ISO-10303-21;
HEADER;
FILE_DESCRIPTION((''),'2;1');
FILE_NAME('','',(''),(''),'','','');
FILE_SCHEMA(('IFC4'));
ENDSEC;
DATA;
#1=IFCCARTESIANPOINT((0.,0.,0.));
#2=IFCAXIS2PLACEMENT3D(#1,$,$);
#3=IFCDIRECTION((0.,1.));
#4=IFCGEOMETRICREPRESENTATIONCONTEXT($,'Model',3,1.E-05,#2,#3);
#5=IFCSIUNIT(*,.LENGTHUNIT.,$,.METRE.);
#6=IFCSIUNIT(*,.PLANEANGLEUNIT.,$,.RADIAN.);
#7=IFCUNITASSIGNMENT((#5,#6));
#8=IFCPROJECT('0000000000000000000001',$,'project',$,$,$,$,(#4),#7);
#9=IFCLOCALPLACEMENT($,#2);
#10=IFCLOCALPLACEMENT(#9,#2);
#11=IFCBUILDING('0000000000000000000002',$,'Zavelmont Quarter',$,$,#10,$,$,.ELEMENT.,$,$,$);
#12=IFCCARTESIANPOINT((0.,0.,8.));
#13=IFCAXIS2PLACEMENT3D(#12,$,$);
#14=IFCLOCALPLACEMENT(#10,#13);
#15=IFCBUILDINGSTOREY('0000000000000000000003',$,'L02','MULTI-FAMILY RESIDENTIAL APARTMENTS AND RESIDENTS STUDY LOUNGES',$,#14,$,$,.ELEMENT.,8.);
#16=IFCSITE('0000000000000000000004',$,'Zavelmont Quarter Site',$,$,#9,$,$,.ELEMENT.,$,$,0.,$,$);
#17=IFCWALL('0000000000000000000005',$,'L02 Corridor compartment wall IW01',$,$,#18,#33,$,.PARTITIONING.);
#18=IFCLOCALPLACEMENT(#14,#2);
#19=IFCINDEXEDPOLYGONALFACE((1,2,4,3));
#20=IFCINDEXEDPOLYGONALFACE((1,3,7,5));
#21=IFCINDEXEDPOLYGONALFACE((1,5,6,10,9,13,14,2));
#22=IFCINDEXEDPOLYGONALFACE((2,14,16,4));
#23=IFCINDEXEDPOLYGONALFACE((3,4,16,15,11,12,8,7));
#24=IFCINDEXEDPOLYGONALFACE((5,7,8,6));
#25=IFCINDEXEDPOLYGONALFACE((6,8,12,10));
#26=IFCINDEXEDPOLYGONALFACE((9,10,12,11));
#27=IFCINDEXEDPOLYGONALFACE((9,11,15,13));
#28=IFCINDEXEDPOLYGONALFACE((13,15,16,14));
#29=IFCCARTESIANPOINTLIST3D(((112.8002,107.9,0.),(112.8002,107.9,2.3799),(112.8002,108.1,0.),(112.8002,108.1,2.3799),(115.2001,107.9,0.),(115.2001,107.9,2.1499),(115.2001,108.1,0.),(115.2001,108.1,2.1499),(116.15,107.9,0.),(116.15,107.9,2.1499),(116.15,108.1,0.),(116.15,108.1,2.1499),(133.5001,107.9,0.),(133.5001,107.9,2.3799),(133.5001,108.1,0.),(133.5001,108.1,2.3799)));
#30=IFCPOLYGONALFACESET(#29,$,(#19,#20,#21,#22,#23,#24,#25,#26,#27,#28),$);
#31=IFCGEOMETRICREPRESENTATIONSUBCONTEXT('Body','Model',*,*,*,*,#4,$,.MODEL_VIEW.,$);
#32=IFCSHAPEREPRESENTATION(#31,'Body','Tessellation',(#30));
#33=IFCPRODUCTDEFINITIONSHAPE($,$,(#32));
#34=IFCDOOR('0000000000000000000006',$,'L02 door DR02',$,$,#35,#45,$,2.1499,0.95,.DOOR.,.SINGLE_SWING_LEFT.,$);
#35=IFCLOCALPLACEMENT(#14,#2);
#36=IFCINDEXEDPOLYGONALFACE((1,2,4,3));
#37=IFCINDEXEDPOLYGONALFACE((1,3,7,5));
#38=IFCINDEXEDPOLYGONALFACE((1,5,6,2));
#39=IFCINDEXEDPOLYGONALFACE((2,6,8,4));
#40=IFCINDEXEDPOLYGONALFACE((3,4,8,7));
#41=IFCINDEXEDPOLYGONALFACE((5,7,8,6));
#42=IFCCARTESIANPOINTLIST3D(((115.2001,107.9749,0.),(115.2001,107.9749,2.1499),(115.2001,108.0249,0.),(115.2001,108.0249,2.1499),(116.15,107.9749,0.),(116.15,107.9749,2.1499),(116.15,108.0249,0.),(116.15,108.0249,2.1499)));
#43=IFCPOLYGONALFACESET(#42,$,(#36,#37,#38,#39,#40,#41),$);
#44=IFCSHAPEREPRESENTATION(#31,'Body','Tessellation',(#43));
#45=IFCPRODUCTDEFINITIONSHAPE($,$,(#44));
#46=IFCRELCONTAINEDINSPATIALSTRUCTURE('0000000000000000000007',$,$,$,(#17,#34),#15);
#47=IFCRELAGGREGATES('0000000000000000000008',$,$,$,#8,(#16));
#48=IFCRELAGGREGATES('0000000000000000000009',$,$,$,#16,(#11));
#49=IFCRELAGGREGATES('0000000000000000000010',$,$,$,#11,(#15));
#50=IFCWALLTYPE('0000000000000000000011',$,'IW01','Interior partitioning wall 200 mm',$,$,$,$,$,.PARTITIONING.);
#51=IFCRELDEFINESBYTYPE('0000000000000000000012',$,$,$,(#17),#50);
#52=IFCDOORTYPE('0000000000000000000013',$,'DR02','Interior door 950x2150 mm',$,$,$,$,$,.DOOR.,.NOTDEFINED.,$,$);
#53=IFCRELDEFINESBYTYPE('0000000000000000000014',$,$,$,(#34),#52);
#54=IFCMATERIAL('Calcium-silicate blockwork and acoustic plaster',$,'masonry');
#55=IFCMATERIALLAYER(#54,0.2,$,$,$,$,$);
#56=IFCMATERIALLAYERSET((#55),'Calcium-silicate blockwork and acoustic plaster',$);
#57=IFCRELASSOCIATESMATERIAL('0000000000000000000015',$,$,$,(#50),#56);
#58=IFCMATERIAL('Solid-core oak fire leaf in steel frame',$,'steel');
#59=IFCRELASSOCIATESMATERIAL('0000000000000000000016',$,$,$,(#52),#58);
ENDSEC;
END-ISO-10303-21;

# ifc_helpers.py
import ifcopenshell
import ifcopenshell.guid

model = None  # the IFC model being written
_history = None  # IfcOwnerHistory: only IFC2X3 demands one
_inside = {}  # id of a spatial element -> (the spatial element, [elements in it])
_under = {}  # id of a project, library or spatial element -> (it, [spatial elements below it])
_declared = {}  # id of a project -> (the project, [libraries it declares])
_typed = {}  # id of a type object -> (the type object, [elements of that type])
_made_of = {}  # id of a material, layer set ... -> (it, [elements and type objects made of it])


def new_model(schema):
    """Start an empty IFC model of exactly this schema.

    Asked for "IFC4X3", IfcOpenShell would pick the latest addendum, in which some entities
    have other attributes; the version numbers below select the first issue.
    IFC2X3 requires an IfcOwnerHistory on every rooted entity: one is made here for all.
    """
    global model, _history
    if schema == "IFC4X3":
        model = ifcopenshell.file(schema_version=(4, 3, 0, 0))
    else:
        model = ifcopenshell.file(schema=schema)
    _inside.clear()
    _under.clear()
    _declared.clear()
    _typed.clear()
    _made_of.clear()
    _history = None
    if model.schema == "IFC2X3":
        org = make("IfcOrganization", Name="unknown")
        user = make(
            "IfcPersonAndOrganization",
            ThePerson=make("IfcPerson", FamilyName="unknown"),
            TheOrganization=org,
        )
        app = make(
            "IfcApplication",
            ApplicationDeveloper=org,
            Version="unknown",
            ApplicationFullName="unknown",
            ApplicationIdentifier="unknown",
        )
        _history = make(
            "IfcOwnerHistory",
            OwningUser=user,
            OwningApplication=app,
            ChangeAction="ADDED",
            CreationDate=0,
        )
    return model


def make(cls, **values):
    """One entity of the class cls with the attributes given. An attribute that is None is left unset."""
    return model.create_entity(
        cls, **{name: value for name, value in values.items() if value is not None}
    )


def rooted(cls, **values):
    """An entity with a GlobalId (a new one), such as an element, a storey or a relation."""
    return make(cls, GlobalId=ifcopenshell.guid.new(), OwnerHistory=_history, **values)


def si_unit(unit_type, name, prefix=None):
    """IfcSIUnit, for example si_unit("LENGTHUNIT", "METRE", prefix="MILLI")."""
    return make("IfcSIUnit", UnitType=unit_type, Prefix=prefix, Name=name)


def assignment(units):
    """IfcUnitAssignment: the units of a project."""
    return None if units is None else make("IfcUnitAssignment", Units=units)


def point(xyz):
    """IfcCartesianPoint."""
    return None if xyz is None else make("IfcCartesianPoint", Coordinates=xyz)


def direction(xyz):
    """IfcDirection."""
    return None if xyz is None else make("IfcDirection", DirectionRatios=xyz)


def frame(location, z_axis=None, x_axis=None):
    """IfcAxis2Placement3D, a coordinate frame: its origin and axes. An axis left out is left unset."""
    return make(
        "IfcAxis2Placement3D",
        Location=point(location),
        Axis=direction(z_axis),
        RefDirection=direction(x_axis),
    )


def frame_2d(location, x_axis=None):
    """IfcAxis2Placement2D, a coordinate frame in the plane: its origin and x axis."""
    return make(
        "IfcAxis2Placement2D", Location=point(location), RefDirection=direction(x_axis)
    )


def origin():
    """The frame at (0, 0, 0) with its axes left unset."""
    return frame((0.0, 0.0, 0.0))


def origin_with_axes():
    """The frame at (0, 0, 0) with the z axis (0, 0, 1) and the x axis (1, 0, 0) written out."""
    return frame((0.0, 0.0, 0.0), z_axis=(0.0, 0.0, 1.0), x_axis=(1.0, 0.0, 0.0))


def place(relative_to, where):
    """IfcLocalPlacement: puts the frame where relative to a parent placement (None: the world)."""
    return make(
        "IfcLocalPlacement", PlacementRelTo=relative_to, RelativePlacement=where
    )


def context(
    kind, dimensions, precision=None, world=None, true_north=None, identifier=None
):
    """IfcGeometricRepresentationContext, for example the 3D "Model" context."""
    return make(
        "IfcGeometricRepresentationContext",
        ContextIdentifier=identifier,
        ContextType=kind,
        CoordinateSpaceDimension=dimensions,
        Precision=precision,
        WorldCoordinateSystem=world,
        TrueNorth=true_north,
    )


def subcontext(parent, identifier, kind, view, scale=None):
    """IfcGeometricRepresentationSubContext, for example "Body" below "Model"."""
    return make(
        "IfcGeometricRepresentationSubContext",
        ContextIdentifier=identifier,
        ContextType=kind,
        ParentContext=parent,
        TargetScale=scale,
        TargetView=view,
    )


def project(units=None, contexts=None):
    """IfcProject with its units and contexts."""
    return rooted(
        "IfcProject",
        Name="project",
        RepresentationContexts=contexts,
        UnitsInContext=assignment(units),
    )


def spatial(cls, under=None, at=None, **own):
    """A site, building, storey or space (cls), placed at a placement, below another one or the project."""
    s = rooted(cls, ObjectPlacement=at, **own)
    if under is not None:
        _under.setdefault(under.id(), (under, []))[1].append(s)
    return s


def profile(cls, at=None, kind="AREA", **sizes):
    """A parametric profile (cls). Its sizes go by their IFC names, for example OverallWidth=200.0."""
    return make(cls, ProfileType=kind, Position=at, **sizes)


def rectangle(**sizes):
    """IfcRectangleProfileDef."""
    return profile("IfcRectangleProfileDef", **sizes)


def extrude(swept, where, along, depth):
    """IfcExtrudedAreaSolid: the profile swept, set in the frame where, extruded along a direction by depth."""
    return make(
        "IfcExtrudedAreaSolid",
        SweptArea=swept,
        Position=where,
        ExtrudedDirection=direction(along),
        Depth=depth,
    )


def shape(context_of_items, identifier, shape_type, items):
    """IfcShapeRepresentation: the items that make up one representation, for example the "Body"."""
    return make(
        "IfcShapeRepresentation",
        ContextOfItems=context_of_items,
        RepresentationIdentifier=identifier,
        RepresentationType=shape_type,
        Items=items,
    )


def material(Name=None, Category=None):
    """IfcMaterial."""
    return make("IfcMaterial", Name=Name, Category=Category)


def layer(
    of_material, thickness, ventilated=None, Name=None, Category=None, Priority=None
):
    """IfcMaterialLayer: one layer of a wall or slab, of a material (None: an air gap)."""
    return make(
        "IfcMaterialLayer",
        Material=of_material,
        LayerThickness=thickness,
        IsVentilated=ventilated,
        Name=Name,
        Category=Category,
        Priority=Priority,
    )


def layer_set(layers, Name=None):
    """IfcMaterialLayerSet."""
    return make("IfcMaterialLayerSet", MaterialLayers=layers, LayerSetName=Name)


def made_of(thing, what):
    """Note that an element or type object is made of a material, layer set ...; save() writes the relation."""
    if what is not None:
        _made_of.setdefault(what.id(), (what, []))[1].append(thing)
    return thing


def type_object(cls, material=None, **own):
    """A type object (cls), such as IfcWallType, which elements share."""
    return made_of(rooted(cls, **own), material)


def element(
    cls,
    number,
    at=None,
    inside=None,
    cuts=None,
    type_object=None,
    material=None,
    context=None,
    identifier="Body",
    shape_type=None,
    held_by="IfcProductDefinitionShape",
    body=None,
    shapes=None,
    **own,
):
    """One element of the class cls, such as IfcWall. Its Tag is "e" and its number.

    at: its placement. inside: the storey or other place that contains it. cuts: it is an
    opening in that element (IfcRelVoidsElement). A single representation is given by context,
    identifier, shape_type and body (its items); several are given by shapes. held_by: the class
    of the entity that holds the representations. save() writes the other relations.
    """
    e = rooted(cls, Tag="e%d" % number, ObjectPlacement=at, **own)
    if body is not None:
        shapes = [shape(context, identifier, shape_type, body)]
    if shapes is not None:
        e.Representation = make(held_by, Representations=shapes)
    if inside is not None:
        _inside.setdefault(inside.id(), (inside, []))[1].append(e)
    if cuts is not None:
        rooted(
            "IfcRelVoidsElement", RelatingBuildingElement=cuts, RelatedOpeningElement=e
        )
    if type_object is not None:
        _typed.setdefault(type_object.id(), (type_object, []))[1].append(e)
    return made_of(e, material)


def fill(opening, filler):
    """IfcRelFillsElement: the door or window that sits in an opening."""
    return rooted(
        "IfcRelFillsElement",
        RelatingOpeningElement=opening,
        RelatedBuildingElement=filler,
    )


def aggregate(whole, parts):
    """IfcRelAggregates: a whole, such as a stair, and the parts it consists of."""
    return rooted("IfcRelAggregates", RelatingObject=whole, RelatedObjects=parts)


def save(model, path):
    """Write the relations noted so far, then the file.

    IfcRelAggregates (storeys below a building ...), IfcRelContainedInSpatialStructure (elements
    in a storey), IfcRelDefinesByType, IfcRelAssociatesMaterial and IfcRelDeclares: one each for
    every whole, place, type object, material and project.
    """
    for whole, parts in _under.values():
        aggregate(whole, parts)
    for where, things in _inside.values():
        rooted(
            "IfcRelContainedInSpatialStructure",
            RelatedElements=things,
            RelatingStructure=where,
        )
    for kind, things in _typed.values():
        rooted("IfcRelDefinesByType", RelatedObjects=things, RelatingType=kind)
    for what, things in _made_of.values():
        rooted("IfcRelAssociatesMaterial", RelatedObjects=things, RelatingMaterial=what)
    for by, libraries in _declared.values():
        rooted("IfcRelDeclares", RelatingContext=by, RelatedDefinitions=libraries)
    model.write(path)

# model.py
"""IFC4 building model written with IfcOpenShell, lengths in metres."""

from ifc_helpers import new_model, si_unit, direction, frame, frame_2d, origin, origin_with_axes, place, context, subcontext, project, spatial, rectangle, extrude, material, layer, layer_set, type_object, element, fill, save


model = new_model("IFC4")

# Units and contexts
model_context = context("Model", 3, precision=1e-05, world=origin(), true_north=direction((0.0, 1.0)))
body_context = subcontext(model_context, "Body", "Model", "MODEL_VIEW")
ifc_project = project(units=[si_unit("LENGTHUNIT", "METRE"), si_unit("PLANEANGLEUNIT", "RADIAN")], contexts=[model_context])

# Site, building, storey
site_placement = place(None, origin())
site = spatial("IfcSite", under=ifc_project, at=site_placement, Name="Zavelmont Quarter Site", CompositionType="ELEMENT", RefElevation=0.0)
building_placement = place(site_placement, origin())
building = spatial("IfcBuilding", under=site, at=building_placement, Name="Zavelmont Quarter", CompositionType="ELEMENT")
storey_placement = place(building_placement, frame((0.0, 0.0, 8.0)))
storey = spatial("IfcBuildingStorey", under=building, at=storey_placement, Name="L02", Description="MULTI-FAMILY RESIDENTIAL APARTMENTS AND RESIDENTS STUDY LOUNGES", CompositionType="ELEMENT", Elevation=8.0)

# Wall, opening, door
ifc_material_1 = material(Name="Calcium-silicate blockwork and acoustic plaster", Category="masonry")
ifc_layer_1 = layer(ifc_material_1, 0.2)
ifc_layer_set_1 = layer_set([ifc_layer_1], Name="Calcium-silicate blockwork and acoustic plaster")
wall_type_1 = type_object("IfcWallType", Name="IW01", Description="Interior partitioning wall 200 mm", PredefinedType="PARTITIONING", material=ifc_layer_set_1)
wall_1_placement = place(storey_placement, frame((112.8, 108.0, 0.0), z_axis=(0.0, 0.0, 1.0), x_axis=(1.0, 0.0, 0.0)))
wall_1 = element("IfcWall", 1, at=wall_1_placement, inside=storey, type_object=wall_type_1, Name="L02 Corridor compartment wall IW01", PredefinedType="PARTITIONING", context=body_context, shape_type="SweptSolid", body=[
    extrude(rectangle(XDim=20.7, YDim=0.2, at=frame_2d((10.3501, 0.0))), origin(), (0.0, 0.0, 1.0), 2.3799),
])
opening_1_placement = place(wall_1_placement, frame((2.3999, 0.0, 0.0)))
opening_1 = element("IfcOpeningElement", 2, at=opening_1_placement, cuts=wall_1, PredefinedType="OPENING", context=body_context, shape_type="SweptSolid", body=[
    extrude(rectangle(XDim=0.95, YDim=2.1499, at=frame_2d((0.4751, 1.075))), frame((0.0, 0.1118, 0.0), z_axis=(0.0, -1.0, 0.0), x_axis=(1.0, 0.0, 0.0)), (0.0, 0.0, 1.0), 0.2239),
])
ifc_material_2 = material(Name="Solid-core oak fire leaf in steel frame", Category="steel")
door_type_1 = type_object("IfcDoorType", Name="DR02", Description="Interior door 950x2150 mm", OperationType="NOTDEFINED", PredefinedType="DOOR", material=ifc_material_2)
door_1_placement = place(opening_1_placement, origin_with_axes())
door_1 = element("IfcDoor", 3, at=door_1_placement, inside=storey, type_object=door_type_1, Name="L02 door DR02", OperationType="SINGLE_SWING_LEFT", OverallHeight=2.1499, OverallWidth=0.95, PredefinedType="DOOR", context=body_context, shape_type="SweptSolid", body=[
    extrude(rectangle(XDim=0.95, YDim=2.1499, at=frame_2d((0.4751, 1.075))), frame((0.0, 0.0249, 0.0), z_axis=(0.0, -1.0, 0.0), x_axis=(1.0, 0.0, 0.0)), (0.0, 0.0, 1.0), 0.05),
])
fill(opening_1, door_1)

save(model, "model.ifc")
